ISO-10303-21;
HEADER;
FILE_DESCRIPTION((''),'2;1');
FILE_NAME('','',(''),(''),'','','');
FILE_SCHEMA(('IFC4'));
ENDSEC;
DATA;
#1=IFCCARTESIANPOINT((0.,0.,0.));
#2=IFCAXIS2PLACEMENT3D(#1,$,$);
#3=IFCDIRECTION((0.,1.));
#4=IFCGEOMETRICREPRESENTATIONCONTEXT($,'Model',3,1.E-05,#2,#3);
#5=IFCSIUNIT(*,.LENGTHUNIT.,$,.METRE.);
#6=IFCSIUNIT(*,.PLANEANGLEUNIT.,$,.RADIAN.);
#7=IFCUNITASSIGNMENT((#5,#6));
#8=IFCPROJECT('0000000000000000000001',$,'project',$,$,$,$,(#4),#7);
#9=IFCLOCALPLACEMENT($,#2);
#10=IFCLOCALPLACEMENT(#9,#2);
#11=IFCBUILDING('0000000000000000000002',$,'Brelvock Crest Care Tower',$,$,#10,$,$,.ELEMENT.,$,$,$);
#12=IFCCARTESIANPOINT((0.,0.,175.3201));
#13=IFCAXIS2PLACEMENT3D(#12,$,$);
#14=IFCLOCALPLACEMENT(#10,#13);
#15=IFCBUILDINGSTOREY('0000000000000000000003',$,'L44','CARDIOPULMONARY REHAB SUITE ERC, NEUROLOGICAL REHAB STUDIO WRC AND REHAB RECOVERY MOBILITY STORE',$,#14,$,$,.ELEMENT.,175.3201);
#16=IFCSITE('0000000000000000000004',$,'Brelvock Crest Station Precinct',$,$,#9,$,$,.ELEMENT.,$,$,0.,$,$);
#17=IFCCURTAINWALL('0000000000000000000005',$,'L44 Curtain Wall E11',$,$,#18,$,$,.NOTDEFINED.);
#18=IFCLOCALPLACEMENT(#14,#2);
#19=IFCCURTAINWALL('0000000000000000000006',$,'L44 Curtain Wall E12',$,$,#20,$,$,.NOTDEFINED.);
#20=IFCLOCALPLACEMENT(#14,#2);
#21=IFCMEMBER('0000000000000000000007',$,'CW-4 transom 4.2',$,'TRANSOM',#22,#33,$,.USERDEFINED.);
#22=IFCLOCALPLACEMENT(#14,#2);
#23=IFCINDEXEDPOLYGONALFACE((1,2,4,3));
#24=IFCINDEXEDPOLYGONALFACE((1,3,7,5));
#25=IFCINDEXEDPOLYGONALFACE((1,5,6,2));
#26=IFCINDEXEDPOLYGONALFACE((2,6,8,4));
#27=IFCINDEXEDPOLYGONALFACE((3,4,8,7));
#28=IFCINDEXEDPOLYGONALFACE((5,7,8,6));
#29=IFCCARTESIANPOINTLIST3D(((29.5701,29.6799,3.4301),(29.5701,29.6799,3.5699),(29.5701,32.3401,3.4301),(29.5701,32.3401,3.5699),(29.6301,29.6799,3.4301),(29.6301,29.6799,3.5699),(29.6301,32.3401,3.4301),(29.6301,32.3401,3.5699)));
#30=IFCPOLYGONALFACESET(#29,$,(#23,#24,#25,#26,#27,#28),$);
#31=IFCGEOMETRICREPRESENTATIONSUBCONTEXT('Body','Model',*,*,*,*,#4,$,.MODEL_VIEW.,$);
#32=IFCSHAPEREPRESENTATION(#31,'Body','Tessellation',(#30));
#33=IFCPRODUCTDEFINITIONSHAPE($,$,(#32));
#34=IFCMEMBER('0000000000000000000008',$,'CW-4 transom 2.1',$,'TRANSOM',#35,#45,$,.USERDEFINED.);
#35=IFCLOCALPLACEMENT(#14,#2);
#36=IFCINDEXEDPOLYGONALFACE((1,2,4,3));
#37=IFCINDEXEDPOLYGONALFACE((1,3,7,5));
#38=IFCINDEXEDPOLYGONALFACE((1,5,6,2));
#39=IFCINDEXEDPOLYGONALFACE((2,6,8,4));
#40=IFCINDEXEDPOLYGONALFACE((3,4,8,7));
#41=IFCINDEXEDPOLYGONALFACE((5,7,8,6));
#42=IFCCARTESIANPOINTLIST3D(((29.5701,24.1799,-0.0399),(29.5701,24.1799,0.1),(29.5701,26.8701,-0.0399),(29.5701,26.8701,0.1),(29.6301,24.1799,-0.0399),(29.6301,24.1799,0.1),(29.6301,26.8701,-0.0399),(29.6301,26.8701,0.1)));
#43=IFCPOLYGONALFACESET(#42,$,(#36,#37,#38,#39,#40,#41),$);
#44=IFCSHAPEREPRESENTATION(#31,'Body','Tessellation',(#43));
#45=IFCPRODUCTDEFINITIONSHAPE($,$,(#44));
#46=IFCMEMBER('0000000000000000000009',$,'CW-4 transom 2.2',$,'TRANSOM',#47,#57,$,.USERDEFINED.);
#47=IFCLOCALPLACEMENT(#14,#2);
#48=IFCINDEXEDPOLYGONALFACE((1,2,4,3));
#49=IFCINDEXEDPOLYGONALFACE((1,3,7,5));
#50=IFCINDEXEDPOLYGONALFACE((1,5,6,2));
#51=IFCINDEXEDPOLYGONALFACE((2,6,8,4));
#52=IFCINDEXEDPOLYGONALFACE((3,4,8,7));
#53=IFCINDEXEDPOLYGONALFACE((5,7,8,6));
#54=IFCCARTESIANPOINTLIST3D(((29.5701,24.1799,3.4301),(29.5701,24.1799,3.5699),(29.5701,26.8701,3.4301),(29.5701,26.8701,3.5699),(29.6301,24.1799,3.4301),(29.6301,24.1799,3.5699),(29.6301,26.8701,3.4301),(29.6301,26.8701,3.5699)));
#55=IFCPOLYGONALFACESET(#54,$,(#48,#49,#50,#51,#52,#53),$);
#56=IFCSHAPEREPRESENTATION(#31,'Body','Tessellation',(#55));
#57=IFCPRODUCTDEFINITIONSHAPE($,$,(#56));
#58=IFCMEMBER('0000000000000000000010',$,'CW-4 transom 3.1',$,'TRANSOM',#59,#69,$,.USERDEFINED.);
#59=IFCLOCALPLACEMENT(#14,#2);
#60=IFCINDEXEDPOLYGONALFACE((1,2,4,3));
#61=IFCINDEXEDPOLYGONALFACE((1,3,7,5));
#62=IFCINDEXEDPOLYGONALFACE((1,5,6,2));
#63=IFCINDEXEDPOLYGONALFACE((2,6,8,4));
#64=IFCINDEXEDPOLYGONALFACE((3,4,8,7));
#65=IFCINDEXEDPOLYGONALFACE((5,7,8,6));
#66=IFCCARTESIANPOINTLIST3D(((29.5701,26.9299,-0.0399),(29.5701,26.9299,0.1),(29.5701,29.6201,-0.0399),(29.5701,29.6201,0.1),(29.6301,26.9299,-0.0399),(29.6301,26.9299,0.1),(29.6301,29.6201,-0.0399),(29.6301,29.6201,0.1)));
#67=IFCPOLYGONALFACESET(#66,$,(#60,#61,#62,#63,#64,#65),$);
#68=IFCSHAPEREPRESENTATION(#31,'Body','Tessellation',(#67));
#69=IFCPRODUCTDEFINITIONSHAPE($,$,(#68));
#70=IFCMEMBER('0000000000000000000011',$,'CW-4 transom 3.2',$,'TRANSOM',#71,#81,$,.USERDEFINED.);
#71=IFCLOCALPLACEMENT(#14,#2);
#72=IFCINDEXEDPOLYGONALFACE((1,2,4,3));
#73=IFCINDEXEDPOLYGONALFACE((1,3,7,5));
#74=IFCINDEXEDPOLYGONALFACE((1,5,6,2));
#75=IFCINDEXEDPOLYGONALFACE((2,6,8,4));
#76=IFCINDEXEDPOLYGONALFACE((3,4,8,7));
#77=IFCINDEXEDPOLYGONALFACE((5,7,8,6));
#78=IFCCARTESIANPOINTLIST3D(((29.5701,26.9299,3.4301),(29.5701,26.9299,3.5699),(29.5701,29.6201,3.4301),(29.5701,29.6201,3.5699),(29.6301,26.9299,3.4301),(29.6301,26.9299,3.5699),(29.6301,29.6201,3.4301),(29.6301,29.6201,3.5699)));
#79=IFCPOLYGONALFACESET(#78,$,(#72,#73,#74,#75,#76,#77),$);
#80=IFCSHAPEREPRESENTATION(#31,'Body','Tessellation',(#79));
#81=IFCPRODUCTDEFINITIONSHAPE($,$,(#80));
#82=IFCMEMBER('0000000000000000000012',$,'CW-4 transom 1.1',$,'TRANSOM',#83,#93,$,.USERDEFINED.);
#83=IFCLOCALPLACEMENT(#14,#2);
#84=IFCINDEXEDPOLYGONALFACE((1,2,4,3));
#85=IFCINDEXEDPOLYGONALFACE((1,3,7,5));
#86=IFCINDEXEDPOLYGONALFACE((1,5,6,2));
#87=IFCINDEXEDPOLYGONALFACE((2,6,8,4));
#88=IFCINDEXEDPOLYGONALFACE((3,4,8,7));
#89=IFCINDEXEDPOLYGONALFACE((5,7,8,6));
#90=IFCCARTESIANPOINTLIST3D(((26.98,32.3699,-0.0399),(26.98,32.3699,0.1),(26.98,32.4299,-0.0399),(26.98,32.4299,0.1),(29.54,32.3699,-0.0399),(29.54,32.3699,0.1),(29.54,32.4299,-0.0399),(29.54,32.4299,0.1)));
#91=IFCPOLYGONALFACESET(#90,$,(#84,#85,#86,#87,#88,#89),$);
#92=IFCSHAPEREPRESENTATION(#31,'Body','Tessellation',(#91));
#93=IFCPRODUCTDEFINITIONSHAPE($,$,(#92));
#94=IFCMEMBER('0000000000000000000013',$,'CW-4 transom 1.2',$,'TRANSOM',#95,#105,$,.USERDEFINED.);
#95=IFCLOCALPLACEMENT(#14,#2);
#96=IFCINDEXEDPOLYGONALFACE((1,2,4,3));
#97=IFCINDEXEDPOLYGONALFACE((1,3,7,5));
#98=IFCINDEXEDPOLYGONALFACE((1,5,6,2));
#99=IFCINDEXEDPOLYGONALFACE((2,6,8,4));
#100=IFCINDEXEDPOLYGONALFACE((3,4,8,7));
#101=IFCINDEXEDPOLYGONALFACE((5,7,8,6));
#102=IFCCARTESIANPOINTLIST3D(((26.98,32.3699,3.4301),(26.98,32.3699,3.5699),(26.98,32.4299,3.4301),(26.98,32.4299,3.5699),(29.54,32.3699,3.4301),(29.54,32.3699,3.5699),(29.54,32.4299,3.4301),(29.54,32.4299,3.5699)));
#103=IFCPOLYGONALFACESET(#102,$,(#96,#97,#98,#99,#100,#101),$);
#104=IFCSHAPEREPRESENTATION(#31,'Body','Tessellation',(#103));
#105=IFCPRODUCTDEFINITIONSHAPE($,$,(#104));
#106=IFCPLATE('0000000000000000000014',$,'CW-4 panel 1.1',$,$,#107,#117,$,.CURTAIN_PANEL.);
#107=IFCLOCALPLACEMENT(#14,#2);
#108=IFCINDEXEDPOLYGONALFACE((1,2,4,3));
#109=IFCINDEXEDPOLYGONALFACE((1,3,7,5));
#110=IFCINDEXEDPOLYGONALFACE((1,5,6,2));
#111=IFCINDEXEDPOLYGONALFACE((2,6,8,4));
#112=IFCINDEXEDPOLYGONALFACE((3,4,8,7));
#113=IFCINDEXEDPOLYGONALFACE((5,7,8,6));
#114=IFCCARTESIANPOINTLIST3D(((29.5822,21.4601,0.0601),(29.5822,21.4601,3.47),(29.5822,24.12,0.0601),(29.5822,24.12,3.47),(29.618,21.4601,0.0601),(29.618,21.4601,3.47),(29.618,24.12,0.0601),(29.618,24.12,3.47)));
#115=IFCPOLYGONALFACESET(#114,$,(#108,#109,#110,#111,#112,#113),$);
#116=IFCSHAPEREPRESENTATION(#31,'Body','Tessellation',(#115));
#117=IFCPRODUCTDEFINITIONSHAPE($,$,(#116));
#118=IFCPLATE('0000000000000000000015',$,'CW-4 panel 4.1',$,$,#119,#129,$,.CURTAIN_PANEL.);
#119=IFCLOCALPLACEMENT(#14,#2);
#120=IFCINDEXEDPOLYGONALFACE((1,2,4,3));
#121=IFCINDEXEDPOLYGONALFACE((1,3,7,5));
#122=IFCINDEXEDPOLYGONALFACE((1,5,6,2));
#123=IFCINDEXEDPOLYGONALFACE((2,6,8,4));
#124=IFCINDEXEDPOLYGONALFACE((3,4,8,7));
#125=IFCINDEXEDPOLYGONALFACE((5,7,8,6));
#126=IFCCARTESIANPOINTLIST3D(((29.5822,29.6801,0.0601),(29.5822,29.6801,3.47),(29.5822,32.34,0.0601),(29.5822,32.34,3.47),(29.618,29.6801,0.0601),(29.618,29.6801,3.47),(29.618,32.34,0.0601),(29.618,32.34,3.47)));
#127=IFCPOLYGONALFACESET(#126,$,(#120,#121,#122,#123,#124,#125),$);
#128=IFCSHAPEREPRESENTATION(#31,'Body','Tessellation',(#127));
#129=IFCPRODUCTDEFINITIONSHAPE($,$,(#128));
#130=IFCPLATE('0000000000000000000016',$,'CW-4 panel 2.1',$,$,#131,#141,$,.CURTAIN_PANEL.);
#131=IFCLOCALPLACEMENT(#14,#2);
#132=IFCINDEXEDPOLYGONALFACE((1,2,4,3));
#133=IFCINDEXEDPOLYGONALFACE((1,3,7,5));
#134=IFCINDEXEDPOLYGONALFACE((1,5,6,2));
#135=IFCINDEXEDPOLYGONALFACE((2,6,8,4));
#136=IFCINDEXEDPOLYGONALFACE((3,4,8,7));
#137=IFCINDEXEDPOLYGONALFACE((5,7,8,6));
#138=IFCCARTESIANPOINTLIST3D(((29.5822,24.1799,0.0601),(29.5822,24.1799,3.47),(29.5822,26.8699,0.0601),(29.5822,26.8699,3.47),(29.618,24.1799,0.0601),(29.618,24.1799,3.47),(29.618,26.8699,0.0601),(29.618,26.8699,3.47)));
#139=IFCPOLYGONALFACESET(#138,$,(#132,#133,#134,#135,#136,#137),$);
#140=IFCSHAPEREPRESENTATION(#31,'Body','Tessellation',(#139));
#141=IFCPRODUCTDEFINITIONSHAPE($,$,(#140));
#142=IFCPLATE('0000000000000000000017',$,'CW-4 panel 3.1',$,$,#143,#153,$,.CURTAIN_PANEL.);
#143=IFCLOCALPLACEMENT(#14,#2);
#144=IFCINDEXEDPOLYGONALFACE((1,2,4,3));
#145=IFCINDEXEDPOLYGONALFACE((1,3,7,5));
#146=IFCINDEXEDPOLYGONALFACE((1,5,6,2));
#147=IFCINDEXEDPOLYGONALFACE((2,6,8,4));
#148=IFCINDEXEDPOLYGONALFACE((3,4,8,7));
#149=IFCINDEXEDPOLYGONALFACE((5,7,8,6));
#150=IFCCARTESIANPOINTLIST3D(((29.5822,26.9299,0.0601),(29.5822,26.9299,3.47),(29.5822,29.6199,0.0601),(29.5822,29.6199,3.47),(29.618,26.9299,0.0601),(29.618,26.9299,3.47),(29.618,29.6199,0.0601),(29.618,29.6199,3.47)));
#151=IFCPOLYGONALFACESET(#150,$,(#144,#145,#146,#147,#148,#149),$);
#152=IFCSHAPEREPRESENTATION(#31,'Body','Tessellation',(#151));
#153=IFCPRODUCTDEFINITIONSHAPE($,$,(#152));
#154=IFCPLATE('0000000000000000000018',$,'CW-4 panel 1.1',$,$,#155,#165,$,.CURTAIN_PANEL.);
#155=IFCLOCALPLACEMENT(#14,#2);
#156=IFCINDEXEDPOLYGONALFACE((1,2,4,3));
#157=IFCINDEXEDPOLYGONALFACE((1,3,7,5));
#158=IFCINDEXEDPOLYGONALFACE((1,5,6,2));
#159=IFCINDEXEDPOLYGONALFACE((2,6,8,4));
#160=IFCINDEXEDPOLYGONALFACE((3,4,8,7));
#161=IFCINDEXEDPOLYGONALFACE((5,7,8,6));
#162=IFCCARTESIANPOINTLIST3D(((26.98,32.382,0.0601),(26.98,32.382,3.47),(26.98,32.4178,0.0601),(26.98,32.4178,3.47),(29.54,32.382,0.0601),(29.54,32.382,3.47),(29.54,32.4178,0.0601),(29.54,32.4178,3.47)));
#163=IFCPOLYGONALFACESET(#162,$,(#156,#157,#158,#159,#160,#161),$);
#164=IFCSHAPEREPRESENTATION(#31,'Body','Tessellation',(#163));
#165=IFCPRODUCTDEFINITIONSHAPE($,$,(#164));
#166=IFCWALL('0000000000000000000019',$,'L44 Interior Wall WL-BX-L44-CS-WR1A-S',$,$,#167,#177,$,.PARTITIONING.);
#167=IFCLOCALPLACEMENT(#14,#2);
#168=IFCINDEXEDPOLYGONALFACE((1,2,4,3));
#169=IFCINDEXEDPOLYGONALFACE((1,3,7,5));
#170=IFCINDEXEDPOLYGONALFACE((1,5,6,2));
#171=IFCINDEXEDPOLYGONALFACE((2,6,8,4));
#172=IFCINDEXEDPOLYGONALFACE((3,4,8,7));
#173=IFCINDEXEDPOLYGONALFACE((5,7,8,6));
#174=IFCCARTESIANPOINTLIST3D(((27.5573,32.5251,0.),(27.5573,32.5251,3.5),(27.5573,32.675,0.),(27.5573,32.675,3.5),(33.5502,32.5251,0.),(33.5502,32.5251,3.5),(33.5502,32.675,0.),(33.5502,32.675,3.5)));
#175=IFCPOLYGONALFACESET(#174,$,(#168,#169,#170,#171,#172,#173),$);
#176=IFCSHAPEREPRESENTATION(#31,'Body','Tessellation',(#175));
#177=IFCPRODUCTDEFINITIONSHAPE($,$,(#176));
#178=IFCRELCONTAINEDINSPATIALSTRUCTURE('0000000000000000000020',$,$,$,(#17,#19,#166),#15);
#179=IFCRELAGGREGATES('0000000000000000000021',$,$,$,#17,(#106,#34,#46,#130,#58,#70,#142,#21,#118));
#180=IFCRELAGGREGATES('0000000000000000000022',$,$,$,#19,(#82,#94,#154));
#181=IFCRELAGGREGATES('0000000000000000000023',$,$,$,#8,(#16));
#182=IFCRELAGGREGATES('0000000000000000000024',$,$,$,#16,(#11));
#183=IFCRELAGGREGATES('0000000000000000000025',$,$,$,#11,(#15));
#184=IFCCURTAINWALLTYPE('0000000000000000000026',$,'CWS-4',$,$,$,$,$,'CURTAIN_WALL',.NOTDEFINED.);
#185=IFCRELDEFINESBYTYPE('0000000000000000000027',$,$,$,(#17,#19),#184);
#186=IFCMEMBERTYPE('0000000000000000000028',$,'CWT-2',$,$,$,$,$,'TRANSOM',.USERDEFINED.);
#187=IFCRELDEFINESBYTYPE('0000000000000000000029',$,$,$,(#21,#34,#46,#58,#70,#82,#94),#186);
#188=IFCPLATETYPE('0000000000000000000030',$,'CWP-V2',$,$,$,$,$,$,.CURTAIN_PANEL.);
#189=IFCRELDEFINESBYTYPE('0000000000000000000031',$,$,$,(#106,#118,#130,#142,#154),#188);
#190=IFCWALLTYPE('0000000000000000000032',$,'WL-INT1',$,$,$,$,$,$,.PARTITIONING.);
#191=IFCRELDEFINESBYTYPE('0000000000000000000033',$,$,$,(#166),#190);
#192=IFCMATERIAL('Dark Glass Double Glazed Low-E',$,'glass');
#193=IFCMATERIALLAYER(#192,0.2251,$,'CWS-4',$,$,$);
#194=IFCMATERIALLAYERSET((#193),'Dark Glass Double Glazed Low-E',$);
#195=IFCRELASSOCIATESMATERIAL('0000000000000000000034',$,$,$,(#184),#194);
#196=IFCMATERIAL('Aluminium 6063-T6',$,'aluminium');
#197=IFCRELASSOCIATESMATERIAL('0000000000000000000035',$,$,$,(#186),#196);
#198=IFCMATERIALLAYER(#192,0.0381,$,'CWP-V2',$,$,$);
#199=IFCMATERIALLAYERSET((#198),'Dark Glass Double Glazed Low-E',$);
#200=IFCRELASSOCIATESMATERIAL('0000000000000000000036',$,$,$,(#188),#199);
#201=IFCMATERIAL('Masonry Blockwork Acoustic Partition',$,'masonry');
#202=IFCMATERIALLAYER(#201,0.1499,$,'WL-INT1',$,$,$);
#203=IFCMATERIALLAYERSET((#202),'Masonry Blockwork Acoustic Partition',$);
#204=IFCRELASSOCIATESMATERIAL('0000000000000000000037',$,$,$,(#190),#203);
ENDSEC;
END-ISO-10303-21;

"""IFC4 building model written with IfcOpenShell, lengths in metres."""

from ifc_helpers import new_model, si_unit, direction, frame, frame_2d, origin, origin_2d, place, context, subcontext, project, spatial, rectangle, extrude, source, transform, mapped, material, layer, layer_set, material_profile, profile_set, type_object, element, aggregate, save


model = new_model("IFC4")

# Units and contexts
model_context = context("Model", 3, precision=1e-05, world=origin(), true_north=direction((0.0, 1.0)))
body_context = subcontext(model_context, "Body", "Model", "MODEL_VIEW")
ifc_project = project(units=[si_unit("LENGTHUNIT", "METRE"), si_unit("PLANEANGLEUNIT", "RADIAN")], contexts=[model_context])

# Site, building, storey
site_placement = place(None, origin())
site = spatial("IfcSite", under=ifc_project, at=site_placement, Name="Brelvock Crest Station Precinct", CompositionType="ELEMENT", RefElevation=0.0)
building_placement = place(site_placement, origin())
building = spatial("IfcBuilding", under=site, at=building_placement, Name="Brelvock Crest Care Tower", CompositionType="ELEMENT")
storey_placement = place(building_placement, frame((0.0, 0.0, 175.3201)))
storey = spatial("IfcBuildingStorey", under=building, at=storey_placement, Name="L44", Description="CARDIOPULMONARY REHAB SUITE ERC, NEUROLOGICAL REHAB STUDIO WRC AND REHAB RECOVERY MOBILITY STORE", CompositionType="ELEMENT", Elevation=175.3201)

# Curtain walls
ifc_material_1 = material(Name="Dark Glass Double Glazed Low-E", Category="glass")
ifc_layer_1 = layer(ifc_material_1, 0.2251, Name="CWS-4")
ifc_layer_set_1 = layer_set([ifc_layer_1], Name="Dark Glass Double Glazed Low-E")
curtain_wall_type = type_object("IfcCurtainWallType", Name="CWS-4", ElementType="CURTAIN_WALL", PredefinedType="NOTDEFINED", material=ifc_layer_set_1)
curtain_wall_1_placement = place(storey_placement, origin())
curtain_wall_1 = element("IfcCurtainWall", 1, at=curtain_wall_1_placement, inside=storey, type_object=curtain_wall_type, Name="L44 Curtain Wall E11", PredefinedType="NOTDEFINED")
ifc_material_2 = material(Name="Aluminium 6063-T6", Category="aluminium")
curtain_wall_2_placement = place(storey_placement, origin())
curtain_wall_2 = element("IfcCurtainWall", 2, at=curtain_wall_2_placement, inside=storey, type_object=curtain_wall_type, Name="L44 Curtain Wall E12", PredefinedType="NOTDEFINED")

# Members
ifc_material_profile_1 = material_profile(ifc_material_2, rectangle(XDim=0.0601, YDim=0.1399, at=origin_2d()), Name="ALU60x140")
ifc_profile_set_1 = profile_set([ifc_material_profile_1], Name="Aluminium 6063-T6")
member_type_1 = type_object("IfcMemberType", Name="CWT-2", ElementType="TRANSOM", PredefinedType="USERDEFINED", material=ifc_profile_set_1)
shared_shape_1 = source(origin(), body_context, "Body", "SweptSolid", [
    extrude(rectangle(XDim=0.0601, YDim=0.1399, at=origin_2d()), origin(), (0.0, 0.0, 1.0), 2.6602),
])
member_1_placement = place(storey_placement, frame((29.6001, 29.6799, 3.5), z_axis=(0.0, 1.0, 0.0), x_axis=(-1.0, 0.0, 0.0)))
member_1 = element("IfcMember", 3, at=member_1_placement, type_object=member_type_1, Name="CW-4 transom 4.2", ObjectType="TRANSOM", PredefinedType="USERDEFINED", context=body_context, shape_type="MappedRepresentation", body=[
    mapped(shared_shape_1, transform((0.0, 0.0, 0.0), x_axis=(1.0, 0.0, 0.0), y_axis=(0.0, 1.0, 0.0), z_axis=(0.0, 0.0, 1.0), scale=1.0)),
])
shared_shape_2 = source(origin(), body_context, "Body", "SweptSolid", [
    extrude(rectangle(XDim=0.0601, YDim=0.1399, at=origin_2d()), origin(), (0.0, 0.0, 1.0), 2.6902),
])
member_2_placement = place(storey_placement, frame((29.6001, 24.1799, 0.03), z_axis=(0.0, 1.0, 0.0), x_axis=(-1.0, 0.0, 0.0)))
member_2 = element("IfcMember", 4, at=member_2_placement, type_object=member_type_1, Name="CW-4 transom 2.1", ObjectType="TRANSOM", PredefinedType="USERDEFINED", context=body_context, shape_type="MappedRepresentation", body=[
    mapped(shared_shape_2, transform((0.0, 0.0, 0.0), x_axis=(1.0, 0.0, 0.0), y_axis=(0.0, 1.0, 0.0), z_axis=(0.0, 0.0, 1.0), scale=1.0)),
])
member_3_placement = place(storey_placement, frame((29.6001, 24.1799, 3.5), z_axis=(0.0, 1.0, 0.0), x_axis=(-1.0, 0.0, 0.0)))
member_3 = element("IfcMember", 5, at=member_3_placement, type_object=member_type_1, Name="CW-4 transom 2.2", ObjectType="TRANSOM", PredefinedType="USERDEFINED", context=body_context, shape_type="MappedRepresentation", body=[
    mapped(shared_shape_2, transform((0.0, 0.0, 0.0), x_axis=(1.0, 0.0, 0.0), y_axis=(0.0, 1.0, 0.0), z_axis=(0.0, 0.0, 1.0), scale=1.0)),
])
member_4_placement = place(storey_placement, frame((29.6001, 26.9299, 0.03), z_axis=(0.0, 1.0, 0.0), x_axis=(-1.0, 0.0, 0.0)))
member_4 = element("IfcMember", 6, at=member_4_placement, type_object=member_type_1, Name="CW-4 transom 3.1", ObjectType="TRANSOM", PredefinedType="USERDEFINED", context=body_context, shape_type="MappedRepresentation", body=[
    mapped(shared_shape_2, transform((0.0, 0.0, 0.0), x_axis=(1.0, 0.0, 0.0), y_axis=(0.0, 1.0, 0.0), z_axis=(0.0, 0.0, 1.0), scale=1.0)),
])
member_5_placement = place(storey_placement, frame((29.6001, 26.9299, 3.5), z_axis=(0.0, 1.0, 0.0), x_axis=(-1.0, 0.0, 0.0)))
member_5 = element("IfcMember", 7, at=member_5_placement, type_object=member_type_1, Name="CW-4 transom 3.2", ObjectType="TRANSOM", PredefinedType="USERDEFINED", context=body_context, shape_type="MappedRepresentation", body=[
    mapped(shared_shape_2, transform((0.0, 0.0, 0.0), x_axis=(1.0, 0.0, 0.0), y_axis=(0.0, 1.0, 0.0), z_axis=(0.0, 0.0, 1.0), scale=1.0)),
])
shared_shape_3 = source(origin(), body_context, "Body", "SweptSolid", [
    extrude(rectangle(XDim=0.0601, YDim=0.1399, at=origin_2d()), origin(), (0.0, 0.0, 1.0), 2.5601),
])
member_6_placement = place(storey_placement, frame((29.54, 32.3999, 0.03), z_axis=(-1.0, 0.0, 0.0), x_axis=(0.0, -1.0, 0.0)))
member_6 = element("IfcMember", 8, at=member_6_placement, type_object=member_type_1, Name="CW-4 transom 1.1", ObjectType="TRANSOM", PredefinedType="USERDEFINED", context=body_context, shape_type="MappedRepresentation", body=[
    mapped(shared_shape_3, transform((0.0, 0.0, 0.0), x_axis=(1.0, 0.0, 0.0), y_axis=(0.0, 1.0, 0.0), z_axis=(0.0, 0.0, 1.0), scale=1.0)),
])
member_7_placement = place(storey_placement, frame((29.54, 32.3999, 3.5), z_axis=(-1.0, 0.0, 0.0), x_axis=(0.0, -1.0, 0.0)))
member_7 = element("IfcMember", 9, at=member_7_placement, type_object=member_type_1, Name="CW-4 transom 1.2", ObjectType="TRANSOM", PredefinedType="USERDEFINED", context=body_context, shape_type="MappedRepresentation", body=[
    mapped(shared_shape_3, transform((0.0, 0.0, 0.0), x_axis=(1.0, 0.0, 0.0), y_axis=(0.0, 1.0, 0.0), z_axis=(0.0, 0.0, 1.0), scale=1.0)),
])

# Plates
ifc_layer_2 = layer(ifc_material_1, 0.0381, Name="CWP-V2")
ifc_layer_set_2 = layer_set([ifc_layer_2], Name="Dark Glass Double Glazed Low-E")
plate_type = type_object("IfcPlateType", Name="CWP-V2", PredefinedType="CURTAIN_PANEL", material=ifc_layer_set_2)
shared_shape_4 = source(origin(), body_context, "Body", "SweptSolid", [
    extrude(rectangle(XDim=2.6599, YDim=0.0359, at=origin_2d()), origin(), (0.0, 0.0, 1.0), 3.4099),
])
plate_1_placement = place(storey_placement, frame((29.6001, 22.79, 0.0601), z_axis=(0.0, 0.0, 1.0), x_axis=(0.0, 1.0, 0.0)))
plate_1 = element("IfcPlate", 10, at=plate_1_placement, type_object=plate_type, Name="CW-4 panel 1.1", PredefinedType="CURTAIN_PANEL", context=body_context, shape_type="MappedRepresentation", body=[
    mapped(shared_shape_4, transform((0.0, 0.0, 0.0), x_axis=(1.0, 0.0, 0.0), y_axis=(0.0, 1.0, 0.0), z_axis=(0.0, 0.0, 1.0), scale=1.0)),
])
plate_2_placement = place(storey_placement, frame((29.6001, 31.01, 0.0601), z_axis=(0.0, 0.0, 1.0), x_axis=(0.0, 1.0, 0.0)))
plate_2 = element("IfcPlate", 11, at=plate_2_placement, type_object=plate_type, Name="CW-4 panel 4.1", PredefinedType="CURTAIN_PANEL", context=body_context, shape_type="MappedRepresentation", body=[
    mapped(shared_shape_4, transform((0.0, 0.0, 0.0), x_axis=(1.0, 0.0, 0.0), y_axis=(0.0, 1.0, 0.0), z_axis=(0.0, 0.0, 1.0), scale=1.0)),
])
shared_shape_5 = source(origin(), body_context, "Body", "SweptSolid", [
    extrude(rectangle(XDim=2.6899, YDim=0.0359, at=origin_2d()), origin(), (0.0, 0.0, 1.0), 3.4099),
])
plate_3_placement = place(storey_placement, frame((29.6001, 25.5249, 0.0601), z_axis=(0.0, 0.0, 1.0), x_axis=(0.0, 1.0, 0.0)))
plate_3 = element("IfcPlate", 12, at=plate_3_placement, type_object=plate_type, Name="CW-4 panel 2.1", PredefinedType="CURTAIN_PANEL", context=body_context, shape_type="MappedRepresentation", body=[
    mapped(shared_shape_5, transform((0.0, 0.0, 0.0), x_axis=(1.0, 0.0, 0.0), y_axis=(0.0, 1.0, 0.0), z_axis=(0.0, 0.0, 1.0), scale=1.0)),
])
plate_4_placement = place(storey_placement, frame((29.6001, 28.2749, 0.0601), z_axis=(0.0, 0.0, 1.0), x_axis=(0.0, 1.0, 0.0)))
plate_4 = element("IfcPlate", 13, at=plate_4_placement, type_object=plate_type, Name="CW-4 panel 3.1", PredefinedType="CURTAIN_PANEL", context=body_context, shape_type="MappedRepresentation", body=[
    mapped(shared_shape_5, transform((0.0, 0.0, 0.0), x_axis=(1.0, 0.0, 0.0), y_axis=(0.0, 1.0, 0.0), z_axis=(0.0, 0.0, 1.0), scale=1.0)),
])
aggregate(curtain_wall_1, [plate_1, member_2, member_3, plate_3, member_4, member_5, plate_4, member_1, plate_2])
shared_shape_6 = source(origin(), body_context, "Body", "SweptSolid", [
    extrude(rectangle(XDim=2.5601, YDim=0.0359, at=origin_2d()), origin(), (0.0, 0.0, 1.0), 3.4099),
])
plate_5_placement = place(storey_placement, frame((28.26, 32.3999, 0.0601), z_axis=(0.0, 0.0, 1.0), x_axis=(-1.0, 0.0, 0.0)))
plate_5 = element("IfcPlate", 14, at=plate_5_placement, type_object=plate_type, Name="CW-4 panel 1.1", PredefinedType="CURTAIN_PANEL", context=body_context, shape_type="MappedRepresentation", body=[
    mapped(shared_shape_6, transform((0.0, 0.0, 0.0), x_axis=(1.0, 0.0, 0.0), y_axis=(0.0, 1.0, 0.0), z_axis=(0.0, 0.0, 1.0), scale=1.0)),
])
aggregate(curtain_wall_2, [member_6, member_7, plate_5])

# Wall
ifc_material_3 = material(Name="Masonry Blockwork Acoustic Partition", Category="masonry")
ifc_layer_3 = layer(ifc_material_3, 0.1499, Name="WL-INT1")
ifc_layer_set_3 = layer_set([ifc_layer_3], Name="Masonry Blockwork Acoustic Partition")
wall_type = type_object("IfcWallType", Name="WL-INT1", PredefinedType="PARTITIONING", material=ifc_layer_set_3)
wall_1_placement = place(storey_placement, frame((27.5571, 32.6001, 0.0), z_axis=(0.0, 0.0, 1.0), x_axis=(1.0, 0.0, 0.0)))
element("IfcWall", 15, at=wall_1_placement, inside=storey, type_object=wall_type, Name="L44 Interior Wall WL-BX-L44-CS-WR1A-S", PredefinedType="PARTITIONING", context=body_context, shape_type="SweptSolid", body=[
    extrude(rectangle(XDim=5.9929, YDim=0.1499, at=frame_2d((2.9966, 0.0))), origin(), (0.0, 0.0, 1.0), 3.5),
])

save(model, "model.ifc")
